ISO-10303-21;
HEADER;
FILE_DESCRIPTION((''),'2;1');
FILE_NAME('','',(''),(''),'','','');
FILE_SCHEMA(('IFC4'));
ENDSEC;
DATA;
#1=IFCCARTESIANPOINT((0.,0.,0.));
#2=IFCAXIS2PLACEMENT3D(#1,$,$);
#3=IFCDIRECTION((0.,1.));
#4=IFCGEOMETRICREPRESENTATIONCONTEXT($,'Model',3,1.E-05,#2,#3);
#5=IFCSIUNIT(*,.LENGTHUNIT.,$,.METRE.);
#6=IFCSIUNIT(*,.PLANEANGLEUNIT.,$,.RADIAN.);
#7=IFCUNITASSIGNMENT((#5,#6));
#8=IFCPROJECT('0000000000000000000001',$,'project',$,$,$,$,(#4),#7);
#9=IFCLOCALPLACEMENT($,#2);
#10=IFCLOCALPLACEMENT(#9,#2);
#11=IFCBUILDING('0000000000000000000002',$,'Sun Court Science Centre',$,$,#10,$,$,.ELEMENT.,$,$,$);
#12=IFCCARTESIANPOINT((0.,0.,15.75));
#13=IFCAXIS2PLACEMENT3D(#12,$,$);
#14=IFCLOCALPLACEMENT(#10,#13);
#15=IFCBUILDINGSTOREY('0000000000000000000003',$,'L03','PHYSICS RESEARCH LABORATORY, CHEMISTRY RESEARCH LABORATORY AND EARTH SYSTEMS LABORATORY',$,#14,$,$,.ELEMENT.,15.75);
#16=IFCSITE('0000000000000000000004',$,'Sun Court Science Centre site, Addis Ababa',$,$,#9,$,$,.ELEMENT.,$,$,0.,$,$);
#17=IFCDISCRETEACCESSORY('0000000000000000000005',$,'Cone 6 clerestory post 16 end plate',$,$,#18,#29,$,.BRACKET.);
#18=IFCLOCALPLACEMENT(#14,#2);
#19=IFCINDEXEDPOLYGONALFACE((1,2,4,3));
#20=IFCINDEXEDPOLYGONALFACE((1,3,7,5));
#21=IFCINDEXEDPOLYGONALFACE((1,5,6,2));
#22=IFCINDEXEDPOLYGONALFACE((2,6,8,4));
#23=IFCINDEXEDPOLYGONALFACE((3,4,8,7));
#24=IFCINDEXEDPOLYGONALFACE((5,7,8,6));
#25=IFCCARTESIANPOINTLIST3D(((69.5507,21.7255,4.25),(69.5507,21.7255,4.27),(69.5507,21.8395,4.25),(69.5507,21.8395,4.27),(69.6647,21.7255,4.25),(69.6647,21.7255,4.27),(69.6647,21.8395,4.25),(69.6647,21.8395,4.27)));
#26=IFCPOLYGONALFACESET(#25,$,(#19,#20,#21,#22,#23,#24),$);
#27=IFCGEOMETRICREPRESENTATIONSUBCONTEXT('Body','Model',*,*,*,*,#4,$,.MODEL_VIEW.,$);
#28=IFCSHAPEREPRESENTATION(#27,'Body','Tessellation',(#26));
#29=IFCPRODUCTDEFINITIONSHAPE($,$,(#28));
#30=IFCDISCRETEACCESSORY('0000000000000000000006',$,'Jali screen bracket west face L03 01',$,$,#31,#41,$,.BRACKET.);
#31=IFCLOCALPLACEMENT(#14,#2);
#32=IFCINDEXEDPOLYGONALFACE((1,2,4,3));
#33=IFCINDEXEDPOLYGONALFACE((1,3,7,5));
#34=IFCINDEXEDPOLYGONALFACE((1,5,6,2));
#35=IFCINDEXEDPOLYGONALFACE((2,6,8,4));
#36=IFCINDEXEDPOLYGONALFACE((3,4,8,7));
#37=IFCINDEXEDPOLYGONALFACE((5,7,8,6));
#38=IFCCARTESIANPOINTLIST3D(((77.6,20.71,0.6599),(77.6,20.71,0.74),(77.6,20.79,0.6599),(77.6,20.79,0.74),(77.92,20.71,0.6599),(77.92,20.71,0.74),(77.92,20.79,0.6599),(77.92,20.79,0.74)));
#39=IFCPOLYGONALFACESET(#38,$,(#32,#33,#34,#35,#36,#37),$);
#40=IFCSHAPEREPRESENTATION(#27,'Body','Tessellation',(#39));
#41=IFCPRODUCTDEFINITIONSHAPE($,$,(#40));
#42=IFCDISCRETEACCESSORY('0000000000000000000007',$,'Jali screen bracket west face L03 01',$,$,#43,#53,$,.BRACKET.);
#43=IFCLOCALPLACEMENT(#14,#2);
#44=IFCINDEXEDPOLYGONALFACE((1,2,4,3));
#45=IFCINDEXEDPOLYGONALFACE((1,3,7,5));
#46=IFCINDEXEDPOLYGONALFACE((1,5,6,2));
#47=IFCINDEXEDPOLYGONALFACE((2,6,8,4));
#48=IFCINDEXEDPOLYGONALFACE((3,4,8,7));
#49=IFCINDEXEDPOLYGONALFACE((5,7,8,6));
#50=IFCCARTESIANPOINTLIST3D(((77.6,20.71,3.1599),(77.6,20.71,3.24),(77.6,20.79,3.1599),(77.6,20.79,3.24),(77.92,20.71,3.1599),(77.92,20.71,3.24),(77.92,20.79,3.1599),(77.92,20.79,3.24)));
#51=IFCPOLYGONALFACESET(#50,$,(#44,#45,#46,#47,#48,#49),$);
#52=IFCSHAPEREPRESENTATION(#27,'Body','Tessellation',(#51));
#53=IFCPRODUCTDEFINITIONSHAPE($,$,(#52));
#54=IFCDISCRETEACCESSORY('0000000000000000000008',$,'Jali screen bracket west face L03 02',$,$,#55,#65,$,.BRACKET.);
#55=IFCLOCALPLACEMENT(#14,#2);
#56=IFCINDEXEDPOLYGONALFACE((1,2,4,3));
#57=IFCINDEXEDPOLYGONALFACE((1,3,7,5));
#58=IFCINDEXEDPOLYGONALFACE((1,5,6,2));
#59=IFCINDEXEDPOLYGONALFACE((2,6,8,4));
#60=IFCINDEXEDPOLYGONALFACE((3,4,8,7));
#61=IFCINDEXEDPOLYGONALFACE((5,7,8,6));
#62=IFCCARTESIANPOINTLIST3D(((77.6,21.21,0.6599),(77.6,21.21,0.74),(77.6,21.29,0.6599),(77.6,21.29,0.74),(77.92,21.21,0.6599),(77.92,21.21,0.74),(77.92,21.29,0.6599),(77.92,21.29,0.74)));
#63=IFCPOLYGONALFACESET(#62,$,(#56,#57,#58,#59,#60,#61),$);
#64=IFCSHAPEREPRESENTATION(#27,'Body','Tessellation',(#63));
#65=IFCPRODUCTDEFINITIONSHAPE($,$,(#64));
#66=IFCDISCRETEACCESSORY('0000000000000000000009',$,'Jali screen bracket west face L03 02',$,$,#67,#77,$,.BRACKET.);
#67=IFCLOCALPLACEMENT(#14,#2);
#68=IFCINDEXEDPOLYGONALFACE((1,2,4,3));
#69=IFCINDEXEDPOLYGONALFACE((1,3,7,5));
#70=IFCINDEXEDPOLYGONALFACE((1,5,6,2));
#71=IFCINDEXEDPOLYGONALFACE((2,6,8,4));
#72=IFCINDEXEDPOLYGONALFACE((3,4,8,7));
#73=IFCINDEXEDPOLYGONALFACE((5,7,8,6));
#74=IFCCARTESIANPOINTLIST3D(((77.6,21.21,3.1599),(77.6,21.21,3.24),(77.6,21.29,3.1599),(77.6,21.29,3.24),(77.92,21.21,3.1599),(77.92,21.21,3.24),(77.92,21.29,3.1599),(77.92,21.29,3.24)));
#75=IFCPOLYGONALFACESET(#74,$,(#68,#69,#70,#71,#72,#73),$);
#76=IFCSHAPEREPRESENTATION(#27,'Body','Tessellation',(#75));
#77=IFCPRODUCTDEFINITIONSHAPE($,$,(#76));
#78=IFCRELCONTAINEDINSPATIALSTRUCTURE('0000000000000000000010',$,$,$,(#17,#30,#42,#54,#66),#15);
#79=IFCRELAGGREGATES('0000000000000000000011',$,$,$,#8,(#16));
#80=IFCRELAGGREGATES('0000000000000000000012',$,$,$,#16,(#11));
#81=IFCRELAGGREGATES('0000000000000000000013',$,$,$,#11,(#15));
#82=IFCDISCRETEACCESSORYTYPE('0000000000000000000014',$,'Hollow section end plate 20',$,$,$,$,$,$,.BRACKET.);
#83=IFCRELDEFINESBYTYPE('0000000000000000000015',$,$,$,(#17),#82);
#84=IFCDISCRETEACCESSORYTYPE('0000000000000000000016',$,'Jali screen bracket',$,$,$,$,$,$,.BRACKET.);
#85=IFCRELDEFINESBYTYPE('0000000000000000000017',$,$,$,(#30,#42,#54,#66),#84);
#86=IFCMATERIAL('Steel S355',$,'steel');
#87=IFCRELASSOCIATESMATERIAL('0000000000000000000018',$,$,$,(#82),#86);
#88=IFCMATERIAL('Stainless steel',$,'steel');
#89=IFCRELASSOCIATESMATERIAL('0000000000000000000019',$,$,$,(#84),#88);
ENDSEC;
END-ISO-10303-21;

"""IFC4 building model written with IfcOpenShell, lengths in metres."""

from ifc_helpers import new_model, si_unit, direction, frame, origin, origin_2d, place, context, subcontext, project, spatial, rectangle, extrude, material, type_object, element, save


model = new_model("IFC4")

# Units and contexts
model_context = context("Model", 3, precision=1e-05, world=origin(), true_north=direction((0.0, 1.0)))
body_context = subcontext(model_context, "Body", "Model", "MODEL_VIEW")
ifc_project = project(units=[si_unit("LENGTHUNIT", "METRE"), si_unit("PLANEANGLEUNIT", "RADIAN")], contexts=[model_context])

# Site, building, storey
site_placement = place(None, origin())
site = spatial("IfcSite", under=ifc_project, at=site_placement, Name="Sun Court Science Centre site, Addis Ababa", CompositionType="ELEMENT", RefElevation=0.0)
building_placement = place(site_placement, origin())
building = spatial("IfcBuilding", under=site, at=building_placement, Name="Sun Court Science Centre", CompositionType="ELEMENT")
storey_placement = place(building_placement, frame((0.0, 0.0, 15.75)))
storey = spatial("IfcBuildingStorey", under=building, at=storey_placement, Name="L03", Description="PHYSICS RESEARCH LABORATORY, CHEMISTRY RESEARCH LABORATORY AND EARTH SYSTEMS LABORATORY", CompositionType="ELEMENT", Elevation=15.75)

# Discrete accessories
ifc_material_1 = material(Name="Steel S355", Category="steel")
discrete_accessory_type_1 = type_object("IfcDiscreteAccessoryType", Name="Hollow section end plate 20", PredefinedType="BRACKET", material=ifc_material_1)
for number, where, z_axis, x_axis, name in (
    (1, (69.6077, 21.7825, 4.25), (0.0, 0.0, 1.0), (1.0, 0.0, 0.0), "Cone 6 clerestory post 16 end plate"),
):
    element("IfcDiscreteAccessory", number, at=place(storey_placement, frame(where, z_axis=z_axis, x_axis=x_axis)), inside=storey, type_object=discrete_accessory_type_1, Name=name, PredefinedType="BRACKET", context=body_context, shape_type="SweptSolid", body=[
        extrude(rectangle(XDim=0.114, YDim=0.114, at=origin_2d()), origin(), (0.0, 0.0, 1.0), 0.02),
    ])
ifc_material_2 = material(Name="Stainless steel", Category="steel")
discrete_accessory_type_2 = type_object("IfcDiscreteAccessoryType", Name="Jali screen bracket", PredefinedType="BRACKET", material=ifc_material_2)
for number, where, z_axis, x_axis, name in (
    (2, (77.76, 20.75, 0.6599), (0.0, 0.0, 1.0), (0.0, 1.0, 0.0), "Jali screen bracket west face L03 01"),
    (3, (77.76, 20.75, 3.1599), (0.0, 0.0, 1.0), (0.0, 1.0, 0.0), "Jali screen bracket west face L03 01"),
    (4, (77.76, 21.25, 0.6599), (0.0, 0.0, 1.0), (0.0, 1.0, 0.0), "Jali screen bracket west face L03 02"),
    (5, (77.76, 21.25, 3.1599), (0.0, 0.0, 1.0), (0.0, 1.0, 0.0), "Jali screen bracket west face L03 02"),
):
    element("IfcDiscreteAccessory", number, at=place(storey_placement, frame(where, z_axis=z_axis, x_axis=x_axis)), inside=storey, type_object=discrete_accessory_type_2, Name=name, PredefinedType="BRACKET", context=body_context, shape_type="SweptSolid", body=[
        extrude(rectangle(XDim=0.0801, YDim=0.3201, at=origin_2d()), origin(), (0.0, 0.0, 1.0), 0.0801),
    ])

save(model, "model.ifc")
